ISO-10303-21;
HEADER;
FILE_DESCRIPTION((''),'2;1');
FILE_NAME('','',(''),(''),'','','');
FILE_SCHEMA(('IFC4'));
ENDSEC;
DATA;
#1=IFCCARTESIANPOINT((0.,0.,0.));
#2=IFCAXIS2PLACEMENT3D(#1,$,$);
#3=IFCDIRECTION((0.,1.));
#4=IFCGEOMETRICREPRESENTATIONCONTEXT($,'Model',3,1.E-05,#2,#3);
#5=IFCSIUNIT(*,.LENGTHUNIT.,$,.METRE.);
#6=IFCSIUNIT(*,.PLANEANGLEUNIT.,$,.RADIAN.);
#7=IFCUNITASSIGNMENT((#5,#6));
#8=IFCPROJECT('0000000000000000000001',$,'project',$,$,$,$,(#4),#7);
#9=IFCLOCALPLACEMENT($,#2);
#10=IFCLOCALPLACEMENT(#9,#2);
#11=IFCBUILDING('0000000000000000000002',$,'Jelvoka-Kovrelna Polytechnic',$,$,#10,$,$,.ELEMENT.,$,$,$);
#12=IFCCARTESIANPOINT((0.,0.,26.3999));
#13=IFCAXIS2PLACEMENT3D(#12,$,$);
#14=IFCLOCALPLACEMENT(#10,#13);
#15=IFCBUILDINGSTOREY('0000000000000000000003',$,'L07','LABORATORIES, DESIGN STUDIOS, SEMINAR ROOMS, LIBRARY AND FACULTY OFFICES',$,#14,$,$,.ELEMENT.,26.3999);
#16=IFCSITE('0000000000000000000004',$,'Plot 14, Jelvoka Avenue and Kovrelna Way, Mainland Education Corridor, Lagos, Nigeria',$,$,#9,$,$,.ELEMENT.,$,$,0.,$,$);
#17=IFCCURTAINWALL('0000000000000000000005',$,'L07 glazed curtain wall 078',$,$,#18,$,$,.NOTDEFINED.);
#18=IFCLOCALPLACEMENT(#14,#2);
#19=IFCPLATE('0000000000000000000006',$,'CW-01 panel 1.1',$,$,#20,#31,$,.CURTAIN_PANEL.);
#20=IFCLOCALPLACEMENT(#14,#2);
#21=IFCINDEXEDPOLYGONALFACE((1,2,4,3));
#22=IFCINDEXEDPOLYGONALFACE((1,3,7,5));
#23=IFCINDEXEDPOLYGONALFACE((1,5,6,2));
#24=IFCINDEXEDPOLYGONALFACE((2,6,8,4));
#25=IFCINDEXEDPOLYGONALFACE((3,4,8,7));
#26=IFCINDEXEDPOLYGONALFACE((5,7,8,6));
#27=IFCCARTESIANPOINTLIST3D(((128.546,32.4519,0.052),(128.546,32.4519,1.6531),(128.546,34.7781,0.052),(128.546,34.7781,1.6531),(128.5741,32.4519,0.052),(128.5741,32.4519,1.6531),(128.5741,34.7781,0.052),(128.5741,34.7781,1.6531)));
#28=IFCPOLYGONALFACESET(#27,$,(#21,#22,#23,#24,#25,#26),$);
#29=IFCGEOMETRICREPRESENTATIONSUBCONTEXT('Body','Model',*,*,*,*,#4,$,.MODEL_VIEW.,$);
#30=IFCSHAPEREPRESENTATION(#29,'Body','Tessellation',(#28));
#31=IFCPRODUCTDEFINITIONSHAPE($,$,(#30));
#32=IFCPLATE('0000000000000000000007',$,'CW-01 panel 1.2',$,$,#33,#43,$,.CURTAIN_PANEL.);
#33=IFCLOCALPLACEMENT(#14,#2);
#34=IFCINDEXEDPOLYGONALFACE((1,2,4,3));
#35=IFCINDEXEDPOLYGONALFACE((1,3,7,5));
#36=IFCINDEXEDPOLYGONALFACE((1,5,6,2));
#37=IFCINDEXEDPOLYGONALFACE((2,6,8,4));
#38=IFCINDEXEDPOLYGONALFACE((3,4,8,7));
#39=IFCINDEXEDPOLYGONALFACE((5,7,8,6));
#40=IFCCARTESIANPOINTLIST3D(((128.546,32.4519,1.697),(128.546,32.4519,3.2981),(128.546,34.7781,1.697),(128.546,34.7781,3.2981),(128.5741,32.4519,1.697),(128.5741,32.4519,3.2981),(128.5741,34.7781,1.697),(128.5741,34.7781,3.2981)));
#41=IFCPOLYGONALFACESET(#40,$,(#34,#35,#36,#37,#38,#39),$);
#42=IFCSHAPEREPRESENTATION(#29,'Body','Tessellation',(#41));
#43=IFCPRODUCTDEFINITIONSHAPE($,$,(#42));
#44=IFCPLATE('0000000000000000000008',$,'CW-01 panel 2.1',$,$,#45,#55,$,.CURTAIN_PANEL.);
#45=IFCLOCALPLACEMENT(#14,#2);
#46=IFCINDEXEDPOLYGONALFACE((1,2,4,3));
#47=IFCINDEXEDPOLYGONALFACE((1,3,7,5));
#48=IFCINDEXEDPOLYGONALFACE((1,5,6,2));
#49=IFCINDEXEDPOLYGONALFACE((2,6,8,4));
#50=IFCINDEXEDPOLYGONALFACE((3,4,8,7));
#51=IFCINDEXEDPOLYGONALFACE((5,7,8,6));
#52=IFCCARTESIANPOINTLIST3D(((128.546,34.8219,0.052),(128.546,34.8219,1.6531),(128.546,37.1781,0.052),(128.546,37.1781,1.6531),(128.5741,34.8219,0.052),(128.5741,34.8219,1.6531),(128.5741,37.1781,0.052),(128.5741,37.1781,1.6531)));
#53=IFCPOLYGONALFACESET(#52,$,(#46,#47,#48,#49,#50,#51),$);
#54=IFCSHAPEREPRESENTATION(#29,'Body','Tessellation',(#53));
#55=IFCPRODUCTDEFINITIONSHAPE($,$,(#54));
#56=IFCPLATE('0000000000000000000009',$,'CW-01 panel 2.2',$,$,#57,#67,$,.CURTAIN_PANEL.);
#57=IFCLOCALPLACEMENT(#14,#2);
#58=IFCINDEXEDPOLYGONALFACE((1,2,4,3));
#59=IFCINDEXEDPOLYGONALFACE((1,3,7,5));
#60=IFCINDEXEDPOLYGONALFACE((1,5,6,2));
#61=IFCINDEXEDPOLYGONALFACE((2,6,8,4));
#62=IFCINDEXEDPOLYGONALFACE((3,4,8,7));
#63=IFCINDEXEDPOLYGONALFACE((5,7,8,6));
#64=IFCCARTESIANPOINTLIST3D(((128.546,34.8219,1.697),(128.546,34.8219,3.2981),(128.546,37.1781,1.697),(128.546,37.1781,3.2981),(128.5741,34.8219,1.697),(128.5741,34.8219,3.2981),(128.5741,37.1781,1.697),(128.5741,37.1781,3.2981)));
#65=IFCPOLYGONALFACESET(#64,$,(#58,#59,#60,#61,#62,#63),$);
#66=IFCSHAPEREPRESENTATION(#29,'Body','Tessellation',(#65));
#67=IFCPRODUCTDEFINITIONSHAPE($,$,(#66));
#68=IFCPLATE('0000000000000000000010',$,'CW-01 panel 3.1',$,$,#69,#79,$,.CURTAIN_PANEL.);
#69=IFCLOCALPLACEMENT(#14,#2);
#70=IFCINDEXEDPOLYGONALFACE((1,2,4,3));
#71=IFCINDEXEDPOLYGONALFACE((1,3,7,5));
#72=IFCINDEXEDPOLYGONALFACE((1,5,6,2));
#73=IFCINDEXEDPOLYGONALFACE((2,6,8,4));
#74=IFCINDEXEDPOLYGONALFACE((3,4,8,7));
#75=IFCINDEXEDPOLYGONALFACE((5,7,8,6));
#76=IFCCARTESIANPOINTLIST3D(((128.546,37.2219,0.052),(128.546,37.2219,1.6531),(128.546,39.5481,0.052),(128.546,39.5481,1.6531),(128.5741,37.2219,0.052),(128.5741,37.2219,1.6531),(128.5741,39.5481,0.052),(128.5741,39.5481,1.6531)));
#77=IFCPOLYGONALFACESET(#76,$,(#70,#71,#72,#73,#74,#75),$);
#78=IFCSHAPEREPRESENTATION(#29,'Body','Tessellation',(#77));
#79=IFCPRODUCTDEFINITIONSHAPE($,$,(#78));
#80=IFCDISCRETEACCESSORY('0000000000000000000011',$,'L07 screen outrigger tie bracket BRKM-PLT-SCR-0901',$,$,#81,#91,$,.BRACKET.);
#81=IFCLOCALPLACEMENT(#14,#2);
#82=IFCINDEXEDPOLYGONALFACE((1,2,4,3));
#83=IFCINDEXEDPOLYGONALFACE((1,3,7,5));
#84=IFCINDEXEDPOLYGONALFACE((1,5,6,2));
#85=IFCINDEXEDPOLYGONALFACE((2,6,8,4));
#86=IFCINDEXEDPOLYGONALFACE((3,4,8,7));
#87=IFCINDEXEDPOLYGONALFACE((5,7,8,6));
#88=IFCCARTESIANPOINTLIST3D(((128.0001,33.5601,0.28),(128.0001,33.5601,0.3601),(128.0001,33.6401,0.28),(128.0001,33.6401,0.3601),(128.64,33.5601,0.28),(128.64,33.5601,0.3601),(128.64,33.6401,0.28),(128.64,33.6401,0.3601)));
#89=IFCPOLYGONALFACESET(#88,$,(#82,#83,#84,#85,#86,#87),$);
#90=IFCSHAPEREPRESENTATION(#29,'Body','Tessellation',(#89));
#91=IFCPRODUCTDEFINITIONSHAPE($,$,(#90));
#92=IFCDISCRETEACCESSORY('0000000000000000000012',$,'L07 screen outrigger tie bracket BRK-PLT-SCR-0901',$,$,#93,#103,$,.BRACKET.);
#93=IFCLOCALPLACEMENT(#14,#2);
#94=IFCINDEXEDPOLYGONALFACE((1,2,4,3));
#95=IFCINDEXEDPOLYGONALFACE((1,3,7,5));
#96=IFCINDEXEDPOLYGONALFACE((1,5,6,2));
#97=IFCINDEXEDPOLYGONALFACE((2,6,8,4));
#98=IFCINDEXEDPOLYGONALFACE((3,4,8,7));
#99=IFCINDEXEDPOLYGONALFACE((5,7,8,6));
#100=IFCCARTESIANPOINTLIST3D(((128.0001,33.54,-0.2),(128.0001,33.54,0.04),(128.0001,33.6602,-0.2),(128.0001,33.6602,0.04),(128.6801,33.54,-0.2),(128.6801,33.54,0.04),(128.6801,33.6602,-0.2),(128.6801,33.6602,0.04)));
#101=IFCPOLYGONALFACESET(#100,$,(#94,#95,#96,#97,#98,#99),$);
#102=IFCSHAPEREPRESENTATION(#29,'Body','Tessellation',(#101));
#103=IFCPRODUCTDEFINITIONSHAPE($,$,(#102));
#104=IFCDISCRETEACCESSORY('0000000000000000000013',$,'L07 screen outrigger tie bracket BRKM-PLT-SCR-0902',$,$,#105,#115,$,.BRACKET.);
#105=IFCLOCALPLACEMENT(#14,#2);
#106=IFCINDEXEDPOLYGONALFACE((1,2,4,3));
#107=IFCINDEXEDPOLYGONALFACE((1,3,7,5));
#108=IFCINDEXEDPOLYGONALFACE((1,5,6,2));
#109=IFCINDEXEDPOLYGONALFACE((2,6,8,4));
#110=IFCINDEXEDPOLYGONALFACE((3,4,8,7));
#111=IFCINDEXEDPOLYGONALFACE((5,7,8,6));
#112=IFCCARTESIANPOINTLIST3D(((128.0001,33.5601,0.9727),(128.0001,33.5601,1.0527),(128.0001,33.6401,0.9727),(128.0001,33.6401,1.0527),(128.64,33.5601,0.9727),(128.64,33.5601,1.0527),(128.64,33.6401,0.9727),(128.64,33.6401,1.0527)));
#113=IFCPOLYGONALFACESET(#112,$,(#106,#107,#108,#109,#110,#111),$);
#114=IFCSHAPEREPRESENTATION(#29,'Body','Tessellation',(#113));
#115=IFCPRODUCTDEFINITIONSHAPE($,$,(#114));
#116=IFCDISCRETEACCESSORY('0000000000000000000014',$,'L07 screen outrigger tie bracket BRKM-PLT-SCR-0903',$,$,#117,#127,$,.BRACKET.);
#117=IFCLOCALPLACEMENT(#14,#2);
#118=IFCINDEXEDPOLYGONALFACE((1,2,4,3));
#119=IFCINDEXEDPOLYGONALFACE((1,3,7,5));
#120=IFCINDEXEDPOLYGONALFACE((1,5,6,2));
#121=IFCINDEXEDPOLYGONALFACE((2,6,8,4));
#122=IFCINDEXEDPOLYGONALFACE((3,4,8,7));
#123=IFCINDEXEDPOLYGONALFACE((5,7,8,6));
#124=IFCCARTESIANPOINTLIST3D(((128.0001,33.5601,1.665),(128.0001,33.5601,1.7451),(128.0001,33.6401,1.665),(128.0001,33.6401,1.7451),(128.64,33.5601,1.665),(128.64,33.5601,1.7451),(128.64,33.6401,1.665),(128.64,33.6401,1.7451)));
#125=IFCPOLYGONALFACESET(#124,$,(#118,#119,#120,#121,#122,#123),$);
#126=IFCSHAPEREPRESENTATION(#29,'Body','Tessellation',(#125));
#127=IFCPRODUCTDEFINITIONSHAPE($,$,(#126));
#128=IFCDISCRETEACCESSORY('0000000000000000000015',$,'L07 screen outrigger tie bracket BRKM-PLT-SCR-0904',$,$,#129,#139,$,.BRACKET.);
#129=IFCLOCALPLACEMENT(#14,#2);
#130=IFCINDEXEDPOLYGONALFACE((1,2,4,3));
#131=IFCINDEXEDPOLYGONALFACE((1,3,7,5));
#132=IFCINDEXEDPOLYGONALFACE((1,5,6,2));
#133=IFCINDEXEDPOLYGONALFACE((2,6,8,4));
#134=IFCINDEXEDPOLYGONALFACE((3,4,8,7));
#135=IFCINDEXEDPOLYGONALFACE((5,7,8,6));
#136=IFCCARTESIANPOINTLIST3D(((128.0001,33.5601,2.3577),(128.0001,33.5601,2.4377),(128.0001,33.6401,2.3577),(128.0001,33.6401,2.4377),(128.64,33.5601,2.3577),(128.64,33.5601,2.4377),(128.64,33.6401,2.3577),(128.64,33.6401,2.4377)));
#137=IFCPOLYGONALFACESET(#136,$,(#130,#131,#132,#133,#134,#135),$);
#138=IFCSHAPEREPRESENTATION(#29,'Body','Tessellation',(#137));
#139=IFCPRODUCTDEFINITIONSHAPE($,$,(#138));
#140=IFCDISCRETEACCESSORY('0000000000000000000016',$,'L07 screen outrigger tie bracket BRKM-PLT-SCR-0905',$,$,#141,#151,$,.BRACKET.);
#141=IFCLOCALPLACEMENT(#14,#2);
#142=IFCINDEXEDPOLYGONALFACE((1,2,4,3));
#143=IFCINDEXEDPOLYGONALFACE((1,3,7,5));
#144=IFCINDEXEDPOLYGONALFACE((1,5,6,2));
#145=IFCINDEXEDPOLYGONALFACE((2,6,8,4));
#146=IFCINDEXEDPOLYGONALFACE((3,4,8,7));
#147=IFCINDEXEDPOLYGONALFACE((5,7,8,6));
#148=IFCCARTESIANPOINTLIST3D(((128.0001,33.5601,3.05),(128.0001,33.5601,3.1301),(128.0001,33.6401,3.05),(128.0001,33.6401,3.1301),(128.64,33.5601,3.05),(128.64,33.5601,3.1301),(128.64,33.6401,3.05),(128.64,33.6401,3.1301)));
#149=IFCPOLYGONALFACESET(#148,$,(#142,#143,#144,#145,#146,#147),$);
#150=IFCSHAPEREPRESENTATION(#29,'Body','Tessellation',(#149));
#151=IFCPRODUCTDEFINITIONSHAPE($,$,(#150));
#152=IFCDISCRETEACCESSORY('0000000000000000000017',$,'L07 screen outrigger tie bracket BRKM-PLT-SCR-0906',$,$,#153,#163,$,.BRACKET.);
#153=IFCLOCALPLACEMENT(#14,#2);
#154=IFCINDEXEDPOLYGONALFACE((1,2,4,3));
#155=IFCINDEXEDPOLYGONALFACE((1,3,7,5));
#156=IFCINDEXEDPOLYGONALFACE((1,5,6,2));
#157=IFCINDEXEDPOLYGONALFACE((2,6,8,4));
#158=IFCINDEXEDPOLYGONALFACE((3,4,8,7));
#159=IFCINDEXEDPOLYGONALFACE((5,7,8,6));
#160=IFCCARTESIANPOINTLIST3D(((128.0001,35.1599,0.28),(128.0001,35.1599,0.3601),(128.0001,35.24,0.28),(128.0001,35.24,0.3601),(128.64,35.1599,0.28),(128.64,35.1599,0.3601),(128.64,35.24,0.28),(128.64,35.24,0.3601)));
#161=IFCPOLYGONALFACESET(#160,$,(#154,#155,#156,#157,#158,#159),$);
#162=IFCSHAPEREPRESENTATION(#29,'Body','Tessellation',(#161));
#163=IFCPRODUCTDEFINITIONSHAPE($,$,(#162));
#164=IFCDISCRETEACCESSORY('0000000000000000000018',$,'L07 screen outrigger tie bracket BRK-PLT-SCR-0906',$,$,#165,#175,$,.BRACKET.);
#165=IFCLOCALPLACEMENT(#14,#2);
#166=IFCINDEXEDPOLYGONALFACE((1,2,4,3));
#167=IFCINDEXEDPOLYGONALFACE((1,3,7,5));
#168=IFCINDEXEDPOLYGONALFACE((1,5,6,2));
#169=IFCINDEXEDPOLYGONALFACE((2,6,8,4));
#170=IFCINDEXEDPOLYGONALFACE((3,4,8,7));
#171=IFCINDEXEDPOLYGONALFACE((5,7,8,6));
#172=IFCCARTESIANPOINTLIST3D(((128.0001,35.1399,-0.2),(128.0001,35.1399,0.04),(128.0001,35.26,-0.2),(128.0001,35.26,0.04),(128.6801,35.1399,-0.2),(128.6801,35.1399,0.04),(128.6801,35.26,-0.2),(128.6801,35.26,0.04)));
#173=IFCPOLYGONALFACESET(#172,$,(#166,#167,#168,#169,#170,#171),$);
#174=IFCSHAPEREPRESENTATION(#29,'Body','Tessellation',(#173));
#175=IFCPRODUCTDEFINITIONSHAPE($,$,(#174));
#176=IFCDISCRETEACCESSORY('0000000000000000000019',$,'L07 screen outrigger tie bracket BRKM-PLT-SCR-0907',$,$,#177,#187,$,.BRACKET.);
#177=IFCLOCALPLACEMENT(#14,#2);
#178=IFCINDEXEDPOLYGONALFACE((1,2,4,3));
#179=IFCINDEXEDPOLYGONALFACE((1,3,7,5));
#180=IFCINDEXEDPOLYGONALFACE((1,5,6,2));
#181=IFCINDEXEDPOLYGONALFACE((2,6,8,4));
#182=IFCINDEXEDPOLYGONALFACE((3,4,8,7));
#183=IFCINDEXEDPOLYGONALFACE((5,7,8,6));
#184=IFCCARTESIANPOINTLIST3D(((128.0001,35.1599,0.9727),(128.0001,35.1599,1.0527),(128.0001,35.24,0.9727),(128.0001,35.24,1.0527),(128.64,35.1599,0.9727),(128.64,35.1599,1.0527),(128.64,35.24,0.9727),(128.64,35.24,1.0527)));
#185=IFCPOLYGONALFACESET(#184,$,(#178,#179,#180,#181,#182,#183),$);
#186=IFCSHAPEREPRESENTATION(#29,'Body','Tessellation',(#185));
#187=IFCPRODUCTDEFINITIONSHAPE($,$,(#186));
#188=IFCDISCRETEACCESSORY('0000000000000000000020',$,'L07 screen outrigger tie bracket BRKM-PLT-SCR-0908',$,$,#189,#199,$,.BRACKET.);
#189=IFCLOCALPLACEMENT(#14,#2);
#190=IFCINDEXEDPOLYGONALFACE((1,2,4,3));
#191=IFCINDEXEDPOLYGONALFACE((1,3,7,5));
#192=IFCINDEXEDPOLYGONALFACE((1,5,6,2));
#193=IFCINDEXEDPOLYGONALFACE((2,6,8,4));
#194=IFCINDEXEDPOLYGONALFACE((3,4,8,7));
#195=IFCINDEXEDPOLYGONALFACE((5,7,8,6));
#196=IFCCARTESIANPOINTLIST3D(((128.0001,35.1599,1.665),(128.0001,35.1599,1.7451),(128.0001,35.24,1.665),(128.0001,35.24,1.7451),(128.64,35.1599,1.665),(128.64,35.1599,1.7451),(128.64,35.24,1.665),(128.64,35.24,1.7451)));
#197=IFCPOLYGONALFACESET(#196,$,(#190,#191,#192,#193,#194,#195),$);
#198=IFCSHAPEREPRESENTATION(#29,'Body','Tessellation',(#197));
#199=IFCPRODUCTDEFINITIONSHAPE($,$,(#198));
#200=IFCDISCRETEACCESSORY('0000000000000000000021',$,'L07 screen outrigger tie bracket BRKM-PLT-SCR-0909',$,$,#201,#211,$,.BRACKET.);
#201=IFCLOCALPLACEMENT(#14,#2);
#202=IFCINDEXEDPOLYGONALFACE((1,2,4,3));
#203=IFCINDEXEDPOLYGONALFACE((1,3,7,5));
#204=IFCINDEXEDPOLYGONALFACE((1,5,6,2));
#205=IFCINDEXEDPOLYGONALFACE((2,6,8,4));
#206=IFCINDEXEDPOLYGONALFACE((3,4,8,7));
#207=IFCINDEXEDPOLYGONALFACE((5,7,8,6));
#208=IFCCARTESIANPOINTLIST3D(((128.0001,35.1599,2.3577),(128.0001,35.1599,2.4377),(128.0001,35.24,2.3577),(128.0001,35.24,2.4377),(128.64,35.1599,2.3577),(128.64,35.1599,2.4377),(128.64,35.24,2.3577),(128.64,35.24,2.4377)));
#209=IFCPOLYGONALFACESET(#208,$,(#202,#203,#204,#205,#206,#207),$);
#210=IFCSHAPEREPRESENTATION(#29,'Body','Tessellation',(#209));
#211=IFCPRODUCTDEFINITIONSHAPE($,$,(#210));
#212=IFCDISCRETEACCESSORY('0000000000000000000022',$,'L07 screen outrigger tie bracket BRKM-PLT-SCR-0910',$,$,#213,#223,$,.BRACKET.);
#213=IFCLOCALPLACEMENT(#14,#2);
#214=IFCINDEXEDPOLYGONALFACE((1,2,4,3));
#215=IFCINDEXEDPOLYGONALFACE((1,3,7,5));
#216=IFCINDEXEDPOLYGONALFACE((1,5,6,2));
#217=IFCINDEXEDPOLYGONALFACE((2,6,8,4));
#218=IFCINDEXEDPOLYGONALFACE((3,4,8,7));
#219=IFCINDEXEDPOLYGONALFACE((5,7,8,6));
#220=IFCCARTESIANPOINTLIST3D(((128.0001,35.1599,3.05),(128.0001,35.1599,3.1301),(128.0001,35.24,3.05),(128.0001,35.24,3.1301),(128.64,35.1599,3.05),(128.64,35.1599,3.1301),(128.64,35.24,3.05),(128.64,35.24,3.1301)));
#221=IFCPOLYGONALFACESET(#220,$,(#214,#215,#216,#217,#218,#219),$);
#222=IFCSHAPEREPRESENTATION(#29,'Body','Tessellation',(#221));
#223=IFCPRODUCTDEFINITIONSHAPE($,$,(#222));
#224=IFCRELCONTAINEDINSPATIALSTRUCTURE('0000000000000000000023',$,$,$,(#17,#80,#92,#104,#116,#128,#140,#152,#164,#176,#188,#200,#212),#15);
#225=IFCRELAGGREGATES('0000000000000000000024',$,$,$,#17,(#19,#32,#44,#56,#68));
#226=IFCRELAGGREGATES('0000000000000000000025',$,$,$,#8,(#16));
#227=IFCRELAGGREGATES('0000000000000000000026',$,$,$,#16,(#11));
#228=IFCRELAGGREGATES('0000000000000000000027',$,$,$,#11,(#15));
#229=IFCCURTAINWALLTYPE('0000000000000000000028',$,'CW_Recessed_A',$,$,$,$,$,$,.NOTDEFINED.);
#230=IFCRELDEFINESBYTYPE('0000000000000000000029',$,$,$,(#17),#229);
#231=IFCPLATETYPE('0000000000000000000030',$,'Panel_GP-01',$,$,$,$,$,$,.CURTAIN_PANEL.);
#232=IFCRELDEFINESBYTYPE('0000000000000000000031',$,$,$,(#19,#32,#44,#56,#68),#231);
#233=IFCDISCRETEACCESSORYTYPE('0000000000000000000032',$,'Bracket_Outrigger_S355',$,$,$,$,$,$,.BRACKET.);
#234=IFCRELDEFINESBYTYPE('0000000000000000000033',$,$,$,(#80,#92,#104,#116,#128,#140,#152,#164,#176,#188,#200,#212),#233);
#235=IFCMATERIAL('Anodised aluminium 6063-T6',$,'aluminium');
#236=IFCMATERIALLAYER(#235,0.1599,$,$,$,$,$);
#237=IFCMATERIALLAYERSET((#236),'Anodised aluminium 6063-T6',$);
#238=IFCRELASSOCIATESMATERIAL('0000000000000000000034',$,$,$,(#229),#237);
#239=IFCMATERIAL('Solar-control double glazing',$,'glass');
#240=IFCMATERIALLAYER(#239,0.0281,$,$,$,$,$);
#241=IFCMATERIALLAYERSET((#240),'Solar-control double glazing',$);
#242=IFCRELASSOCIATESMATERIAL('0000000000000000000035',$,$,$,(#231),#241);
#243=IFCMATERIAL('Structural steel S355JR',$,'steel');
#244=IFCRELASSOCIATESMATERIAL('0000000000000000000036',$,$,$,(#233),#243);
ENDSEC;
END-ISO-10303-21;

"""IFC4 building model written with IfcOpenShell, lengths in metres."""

from ifc_helpers import new_model, si_unit, direction, frame, origin, origin_2d, place, context, subcontext, project, spatial, rectangle, extrude, material, layer, layer_set, type_object, element, aggregate, save


model = new_model("IFC4")

# Units and contexts
model_context = context("Model", 3, precision=1e-05, world=origin(), true_north=direction((0.0, 1.0)))
body_context = subcontext(model_context, "Body", "Model", "MODEL_VIEW")
ifc_project = project(units=[si_unit("LENGTHUNIT", "METRE"), si_unit("PLANEANGLEUNIT", "RADIAN")], contexts=[model_context])

# Site, building, storey
site_placement = place(None, origin())
site = spatial("IfcSite", under=ifc_project, at=site_placement, Name="Plot 14, Jelvoka Avenue and Kovrelna Way, Mainland Education Corridor, Lagos, Nigeria", CompositionType="ELEMENT", RefElevation=0.0)
building_placement = place(site_placement, origin())
building = spatial("IfcBuilding", under=site, at=building_placement, Name="Jelvoka-Kovrelna Polytechnic", CompositionType="ELEMENT")
storey_placement = place(building_placement, frame((0.0, 0.0, 26.3999)))
storey = spatial("IfcBuildingStorey", under=building, at=storey_placement, Name="L07", Description="LABORATORIES, DESIGN STUDIOS, SEMINAR ROOMS, LIBRARY AND FACULTY OFFICES", CompositionType="ELEMENT", Elevation=26.3999)

# Curtain wall
ifc_material_1 = material(Name="Anodised aluminium 6063-T6", Category="aluminium")
ifc_layer_1 = layer(ifc_material_1, 0.1599)
ifc_layer_set_1 = layer_set([ifc_layer_1], Name="Anodised aluminium 6063-T6")
curtain_wall_type = type_object("IfcCurtainWallType", Name="CW_Recessed_A", PredefinedType="NOTDEFINED", material=ifc_layer_set_1)
curtain_wall_placement = place(storey_placement, origin())
curtain_wall = element("IfcCurtainWall", 1, at=curtain_wall_placement, inside=storey, type_object=curtain_wall_type, Name="L07 glazed curtain wall 078", PredefinedType="NOTDEFINED")

# Plates
ifc_material_2 = material(Name="Solar-control double glazing", Category="glass")
ifc_layer_2 = layer(ifc_material_2, 0.0281)
ifc_layer_set_2 = layer_set([ifc_layer_2], Name="Solar-control double glazing")
plate_type = type_object("IfcPlateType", Name="Panel_GP-01", PredefinedType="CURTAIN_PANEL", material=ifc_layer_set_2)
plate_1_placement = place(storey_placement, frame((128.5601, 33.615, 0.052), z_axis=(0.0, 0.0, 1.0), x_axis=(0.0, 1.0, 0.0)))
plate_1 = element("IfcPlate", 2, at=plate_1_placement, type_object=plate_type, Name="CW-01 panel 1.1", PredefinedType="CURTAIN_PANEL", context=body_context, shape_type="SweptSolid", body=[
    extrude(rectangle(XDim=2.3262, YDim=0.0281, at=origin_2d()), origin(), (0.0, 0.0, 1.0), 1.6011),
])
plate_2_placement = place(storey_placement, frame((128.5601, 33.615, 1.697), z_axis=(0.0, 0.0, 1.0), x_axis=(0.0, 1.0, 0.0)))
plate_2 = element("IfcPlate", 3, at=plate_2_placement, type_object=plate_type, Name="CW-01 panel 1.2", PredefinedType="CURTAIN_PANEL", context=body_context, shape_type="SweptSolid", body=[
    extrude(rectangle(XDim=2.3262, YDim=0.0281, at=origin_2d()), origin(), (0.0, 0.0, 1.0), 1.6011),
])
plate_3_placement = place(storey_placement, frame((128.5601, 36.0, 0.052), z_axis=(0.0, 0.0, 1.0), x_axis=(0.0, 1.0, 0.0)))
plate_3 = element("IfcPlate", 4, at=plate_3_placement, type_object=plate_type, Name="CW-01 panel 2.1", PredefinedType="CURTAIN_PANEL", context=body_context, shape_type="SweptSolid", body=[
    extrude(rectangle(XDim=2.3562, YDim=0.0281, at=origin_2d()), origin(), (0.0, 0.0, 1.0), 1.6011),
])
plate_4_placement = place(storey_placement, frame((128.5601, 36.0, 1.697), z_axis=(0.0, 0.0, 1.0), x_axis=(0.0, 1.0, 0.0)))
plate_4 = element("IfcPlate", 5, at=plate_4_placement, type_object=plate_type, Name="CW-01 panel 2.2", PredefinedType="CURTAIN_PANEL", context=body_context, shape_type="SweptSolid", body=[
    extrude(rectangle(XDim=2.3562, YDim=0.0281, at=origin_2d()), origin(), (0.0, 0.0, 1.0), 1.6011),
])
plate_5_placement = place(storey_placement, frame((128.5601, 38.385, 0.052), z_axis=(0.0, 0.0, 1.0), x_axis=(0.0, 1.0, 0.0)))
plate_5 = element("IfcPlate", 6, at=plate_5_placement, type_object=plate_type, Name="CW-01 panel 3.1", PredefinedType="CURTAIN_PANEL", context=body_context, shape_type="SweptSolid", body=[
    extrude(rectangle(XDim=2.3262, YDim=0.0281, at=origin_2d()), origin(), (0.0, 0.0, 1.0), 1.6011),
])
aggregate(curtain_wall, [plate_1, plate_2, plate_3, plate_4, plate_5])

# Discrete accessories
ifc_material_3 = material(Name="Structural steel S355JR", Category="steel")
discrete_accessory_type = type_object("IfcDiscreteAccessoryType", Name="Bracket_Outrigger_S355", PredefinedType="BRACKET", material=ifc_material_3)
discrete_accessory_1_placement = place(storey_placement, frame((128.3201, 33.6001, 0.28), z_axis=(0.0, 0.0, 1.0), x_axis=(1.0, 0.0, 0.0)))
element("IfcDiscreteAccessory", 7, at=discrete_accessory_1_placement, inside=storey, type_object=discrete_accessory_type, Name="L07 screen outrigger tie bracket BRKM-PLT-SCR-0901", PredefinedType="BRACKET", context=body_context, shape_type="SweptSolid", body=[
    extrude(rectangle(XDim=0.6399, YDim=0.0801, at=origin_2d()), origin(), (0.0, 0.0, 1.0), 0.0801),
])
discrete_accessory_2_placement = place(storey_placement, frame((128.3401, 33.6001, -0.2), z_axis=(0.0, 0.0, 1.0), x_axis=(1.0, 0.0, 0.0)))
element("IfcDiscreteAccessory", 8, at=discrete_accessory_2_placement, inside=storey, type_object=discrete_accessory_type, Name="L07 screen outrigger tie bracket BRK-PLT-SCR-0901", PredefinedType="BRACKET", context=body_context, shape_type="SweptSolid", body=[
    extrude(rectangle(XDim=0.6799, YDim=0.1201, at=origin_2d()), origin(), (0.0, 0.0, 1.0), 0.24),
])
for number, where, z_axis, x_axis, name in (
    (9, (128.3201, 33.6001, 0.9727), (0.0, 0.0, 1.0), (1.0, 0.0, 0.0), "L07 screen outrigger tie bracket BRKM-PLT-SCR-0902"),
    (10, (128.3201, 33.6001, 1.665), (0.0, 0.0, 1.0), (1.0, 0.0, 0.0), "L07 screen outrigger tie bracket BRKM-PLT-SCR-0903"),
    (11, (128.3201, 33.6001, 2.3577), (0.0, 0.0, 1.0), (1.0, 0.0, 0.0), "L07 screen outrigger tie bracket BRKM-PLT-SCR-0904"),
    (12, (128.3201, 33.6001, 3.05), (0.0, 0.0, 1.0), (1.0, 0.0, 0.0), "L07 screen outrigger tie bracket BRKM-PLT-SCR-0905"),
    (13, (128.3201, 35.2, 0.28), (0.0, 0.0, 1.0), (1.0, 0.0, 0.0), "L07 screen outrigger tie bracket BRKM-PLT-SCR-0906"),
):
    element("IfcDiscreteAccessory", number, at=place(storey_placement, frame(where, z_axis=z_axis, x_axis=x_axis)), inside=storey, type_object=discrete_accessory_type, Name=name, PredefinedType="BRACKET", context=body_context, shape_type="SweptSolid", body=[
        extrude(rectangle(XDim=0.6399, YDim=0.0801, at=origin_2d()), origin(), (0.0, 0.0, 1.0), 0.0801),
    ])
discrete_accessory_3_placement = place(storey_placement, frame((128.3401, 35.2, -0.2), z_axis=(0.0, 0.0, 1.0), x_axis=(1.0, 0.0, 0.0)))
element("IfcDiscreteAccessory", 14, at=discrete_accessory_3_placement, inside=storey, type_object=discrete_accessory_type, Name="L07 screen outrigger tie bracket BRK-PLT-SCR-0906", PredefinedType="BRACKET", context=body_context, shape_type="SweptSolid", body=[
    extrude(rectangle(XDim=0.6799, YDim=0.1201, at=origin_2d()), origin(), (0.0, 0.0, 1.0), 0.24),
])
for number, where, z_axis, x_axis, name in (
    (15, (128.3201, 35.2, 0.9727), (0.0, 0.0, 1.0), (1.0, 0.0, 0.0), "L07 screen outrigger tie bracket BRKM-PLT-SCR-0907"),
    (16, (128.3201, 35.2, 1.665), (0.0, 0.0, 1.0), (1.0, 0.0, 0.0), "L07 screen outrigger tie bracket BRKM-PLT-SCR-0908"),
    (17, (128.3201, 35.2, 2.3577), (0.0, 0.0, 1.0), (1.0, 0.0, 0.0), "L07 screen outrigger tie bracket BRKM-PLT-SCR-0909"),
    (18, (128.3201, 35.2, 3.05), (0.0, 0.0, 1.0), (1.0, 0.0, 0.0), "L07 screen outrigger tie bracket BRKM-PLT-SCR-0910"),
):
    element("IfcDiscreteAccessory", number, at=place(storey_placement, frame(where, z_axis=z_axis, x_axis=x_axis)), inside=storey, type_object=discrete_accessory_type, Name=name, PredefinedType="BRACKET", context=body_context, shape_type="SweptSolid", body=[
        extrude(rectangle(XDim=0.6399, YDim=0.0801, at=origin_2d()), origin(), (0.0, 0.0, 1.0), 0.0801),
    ])

save(model, "model.ifc")
